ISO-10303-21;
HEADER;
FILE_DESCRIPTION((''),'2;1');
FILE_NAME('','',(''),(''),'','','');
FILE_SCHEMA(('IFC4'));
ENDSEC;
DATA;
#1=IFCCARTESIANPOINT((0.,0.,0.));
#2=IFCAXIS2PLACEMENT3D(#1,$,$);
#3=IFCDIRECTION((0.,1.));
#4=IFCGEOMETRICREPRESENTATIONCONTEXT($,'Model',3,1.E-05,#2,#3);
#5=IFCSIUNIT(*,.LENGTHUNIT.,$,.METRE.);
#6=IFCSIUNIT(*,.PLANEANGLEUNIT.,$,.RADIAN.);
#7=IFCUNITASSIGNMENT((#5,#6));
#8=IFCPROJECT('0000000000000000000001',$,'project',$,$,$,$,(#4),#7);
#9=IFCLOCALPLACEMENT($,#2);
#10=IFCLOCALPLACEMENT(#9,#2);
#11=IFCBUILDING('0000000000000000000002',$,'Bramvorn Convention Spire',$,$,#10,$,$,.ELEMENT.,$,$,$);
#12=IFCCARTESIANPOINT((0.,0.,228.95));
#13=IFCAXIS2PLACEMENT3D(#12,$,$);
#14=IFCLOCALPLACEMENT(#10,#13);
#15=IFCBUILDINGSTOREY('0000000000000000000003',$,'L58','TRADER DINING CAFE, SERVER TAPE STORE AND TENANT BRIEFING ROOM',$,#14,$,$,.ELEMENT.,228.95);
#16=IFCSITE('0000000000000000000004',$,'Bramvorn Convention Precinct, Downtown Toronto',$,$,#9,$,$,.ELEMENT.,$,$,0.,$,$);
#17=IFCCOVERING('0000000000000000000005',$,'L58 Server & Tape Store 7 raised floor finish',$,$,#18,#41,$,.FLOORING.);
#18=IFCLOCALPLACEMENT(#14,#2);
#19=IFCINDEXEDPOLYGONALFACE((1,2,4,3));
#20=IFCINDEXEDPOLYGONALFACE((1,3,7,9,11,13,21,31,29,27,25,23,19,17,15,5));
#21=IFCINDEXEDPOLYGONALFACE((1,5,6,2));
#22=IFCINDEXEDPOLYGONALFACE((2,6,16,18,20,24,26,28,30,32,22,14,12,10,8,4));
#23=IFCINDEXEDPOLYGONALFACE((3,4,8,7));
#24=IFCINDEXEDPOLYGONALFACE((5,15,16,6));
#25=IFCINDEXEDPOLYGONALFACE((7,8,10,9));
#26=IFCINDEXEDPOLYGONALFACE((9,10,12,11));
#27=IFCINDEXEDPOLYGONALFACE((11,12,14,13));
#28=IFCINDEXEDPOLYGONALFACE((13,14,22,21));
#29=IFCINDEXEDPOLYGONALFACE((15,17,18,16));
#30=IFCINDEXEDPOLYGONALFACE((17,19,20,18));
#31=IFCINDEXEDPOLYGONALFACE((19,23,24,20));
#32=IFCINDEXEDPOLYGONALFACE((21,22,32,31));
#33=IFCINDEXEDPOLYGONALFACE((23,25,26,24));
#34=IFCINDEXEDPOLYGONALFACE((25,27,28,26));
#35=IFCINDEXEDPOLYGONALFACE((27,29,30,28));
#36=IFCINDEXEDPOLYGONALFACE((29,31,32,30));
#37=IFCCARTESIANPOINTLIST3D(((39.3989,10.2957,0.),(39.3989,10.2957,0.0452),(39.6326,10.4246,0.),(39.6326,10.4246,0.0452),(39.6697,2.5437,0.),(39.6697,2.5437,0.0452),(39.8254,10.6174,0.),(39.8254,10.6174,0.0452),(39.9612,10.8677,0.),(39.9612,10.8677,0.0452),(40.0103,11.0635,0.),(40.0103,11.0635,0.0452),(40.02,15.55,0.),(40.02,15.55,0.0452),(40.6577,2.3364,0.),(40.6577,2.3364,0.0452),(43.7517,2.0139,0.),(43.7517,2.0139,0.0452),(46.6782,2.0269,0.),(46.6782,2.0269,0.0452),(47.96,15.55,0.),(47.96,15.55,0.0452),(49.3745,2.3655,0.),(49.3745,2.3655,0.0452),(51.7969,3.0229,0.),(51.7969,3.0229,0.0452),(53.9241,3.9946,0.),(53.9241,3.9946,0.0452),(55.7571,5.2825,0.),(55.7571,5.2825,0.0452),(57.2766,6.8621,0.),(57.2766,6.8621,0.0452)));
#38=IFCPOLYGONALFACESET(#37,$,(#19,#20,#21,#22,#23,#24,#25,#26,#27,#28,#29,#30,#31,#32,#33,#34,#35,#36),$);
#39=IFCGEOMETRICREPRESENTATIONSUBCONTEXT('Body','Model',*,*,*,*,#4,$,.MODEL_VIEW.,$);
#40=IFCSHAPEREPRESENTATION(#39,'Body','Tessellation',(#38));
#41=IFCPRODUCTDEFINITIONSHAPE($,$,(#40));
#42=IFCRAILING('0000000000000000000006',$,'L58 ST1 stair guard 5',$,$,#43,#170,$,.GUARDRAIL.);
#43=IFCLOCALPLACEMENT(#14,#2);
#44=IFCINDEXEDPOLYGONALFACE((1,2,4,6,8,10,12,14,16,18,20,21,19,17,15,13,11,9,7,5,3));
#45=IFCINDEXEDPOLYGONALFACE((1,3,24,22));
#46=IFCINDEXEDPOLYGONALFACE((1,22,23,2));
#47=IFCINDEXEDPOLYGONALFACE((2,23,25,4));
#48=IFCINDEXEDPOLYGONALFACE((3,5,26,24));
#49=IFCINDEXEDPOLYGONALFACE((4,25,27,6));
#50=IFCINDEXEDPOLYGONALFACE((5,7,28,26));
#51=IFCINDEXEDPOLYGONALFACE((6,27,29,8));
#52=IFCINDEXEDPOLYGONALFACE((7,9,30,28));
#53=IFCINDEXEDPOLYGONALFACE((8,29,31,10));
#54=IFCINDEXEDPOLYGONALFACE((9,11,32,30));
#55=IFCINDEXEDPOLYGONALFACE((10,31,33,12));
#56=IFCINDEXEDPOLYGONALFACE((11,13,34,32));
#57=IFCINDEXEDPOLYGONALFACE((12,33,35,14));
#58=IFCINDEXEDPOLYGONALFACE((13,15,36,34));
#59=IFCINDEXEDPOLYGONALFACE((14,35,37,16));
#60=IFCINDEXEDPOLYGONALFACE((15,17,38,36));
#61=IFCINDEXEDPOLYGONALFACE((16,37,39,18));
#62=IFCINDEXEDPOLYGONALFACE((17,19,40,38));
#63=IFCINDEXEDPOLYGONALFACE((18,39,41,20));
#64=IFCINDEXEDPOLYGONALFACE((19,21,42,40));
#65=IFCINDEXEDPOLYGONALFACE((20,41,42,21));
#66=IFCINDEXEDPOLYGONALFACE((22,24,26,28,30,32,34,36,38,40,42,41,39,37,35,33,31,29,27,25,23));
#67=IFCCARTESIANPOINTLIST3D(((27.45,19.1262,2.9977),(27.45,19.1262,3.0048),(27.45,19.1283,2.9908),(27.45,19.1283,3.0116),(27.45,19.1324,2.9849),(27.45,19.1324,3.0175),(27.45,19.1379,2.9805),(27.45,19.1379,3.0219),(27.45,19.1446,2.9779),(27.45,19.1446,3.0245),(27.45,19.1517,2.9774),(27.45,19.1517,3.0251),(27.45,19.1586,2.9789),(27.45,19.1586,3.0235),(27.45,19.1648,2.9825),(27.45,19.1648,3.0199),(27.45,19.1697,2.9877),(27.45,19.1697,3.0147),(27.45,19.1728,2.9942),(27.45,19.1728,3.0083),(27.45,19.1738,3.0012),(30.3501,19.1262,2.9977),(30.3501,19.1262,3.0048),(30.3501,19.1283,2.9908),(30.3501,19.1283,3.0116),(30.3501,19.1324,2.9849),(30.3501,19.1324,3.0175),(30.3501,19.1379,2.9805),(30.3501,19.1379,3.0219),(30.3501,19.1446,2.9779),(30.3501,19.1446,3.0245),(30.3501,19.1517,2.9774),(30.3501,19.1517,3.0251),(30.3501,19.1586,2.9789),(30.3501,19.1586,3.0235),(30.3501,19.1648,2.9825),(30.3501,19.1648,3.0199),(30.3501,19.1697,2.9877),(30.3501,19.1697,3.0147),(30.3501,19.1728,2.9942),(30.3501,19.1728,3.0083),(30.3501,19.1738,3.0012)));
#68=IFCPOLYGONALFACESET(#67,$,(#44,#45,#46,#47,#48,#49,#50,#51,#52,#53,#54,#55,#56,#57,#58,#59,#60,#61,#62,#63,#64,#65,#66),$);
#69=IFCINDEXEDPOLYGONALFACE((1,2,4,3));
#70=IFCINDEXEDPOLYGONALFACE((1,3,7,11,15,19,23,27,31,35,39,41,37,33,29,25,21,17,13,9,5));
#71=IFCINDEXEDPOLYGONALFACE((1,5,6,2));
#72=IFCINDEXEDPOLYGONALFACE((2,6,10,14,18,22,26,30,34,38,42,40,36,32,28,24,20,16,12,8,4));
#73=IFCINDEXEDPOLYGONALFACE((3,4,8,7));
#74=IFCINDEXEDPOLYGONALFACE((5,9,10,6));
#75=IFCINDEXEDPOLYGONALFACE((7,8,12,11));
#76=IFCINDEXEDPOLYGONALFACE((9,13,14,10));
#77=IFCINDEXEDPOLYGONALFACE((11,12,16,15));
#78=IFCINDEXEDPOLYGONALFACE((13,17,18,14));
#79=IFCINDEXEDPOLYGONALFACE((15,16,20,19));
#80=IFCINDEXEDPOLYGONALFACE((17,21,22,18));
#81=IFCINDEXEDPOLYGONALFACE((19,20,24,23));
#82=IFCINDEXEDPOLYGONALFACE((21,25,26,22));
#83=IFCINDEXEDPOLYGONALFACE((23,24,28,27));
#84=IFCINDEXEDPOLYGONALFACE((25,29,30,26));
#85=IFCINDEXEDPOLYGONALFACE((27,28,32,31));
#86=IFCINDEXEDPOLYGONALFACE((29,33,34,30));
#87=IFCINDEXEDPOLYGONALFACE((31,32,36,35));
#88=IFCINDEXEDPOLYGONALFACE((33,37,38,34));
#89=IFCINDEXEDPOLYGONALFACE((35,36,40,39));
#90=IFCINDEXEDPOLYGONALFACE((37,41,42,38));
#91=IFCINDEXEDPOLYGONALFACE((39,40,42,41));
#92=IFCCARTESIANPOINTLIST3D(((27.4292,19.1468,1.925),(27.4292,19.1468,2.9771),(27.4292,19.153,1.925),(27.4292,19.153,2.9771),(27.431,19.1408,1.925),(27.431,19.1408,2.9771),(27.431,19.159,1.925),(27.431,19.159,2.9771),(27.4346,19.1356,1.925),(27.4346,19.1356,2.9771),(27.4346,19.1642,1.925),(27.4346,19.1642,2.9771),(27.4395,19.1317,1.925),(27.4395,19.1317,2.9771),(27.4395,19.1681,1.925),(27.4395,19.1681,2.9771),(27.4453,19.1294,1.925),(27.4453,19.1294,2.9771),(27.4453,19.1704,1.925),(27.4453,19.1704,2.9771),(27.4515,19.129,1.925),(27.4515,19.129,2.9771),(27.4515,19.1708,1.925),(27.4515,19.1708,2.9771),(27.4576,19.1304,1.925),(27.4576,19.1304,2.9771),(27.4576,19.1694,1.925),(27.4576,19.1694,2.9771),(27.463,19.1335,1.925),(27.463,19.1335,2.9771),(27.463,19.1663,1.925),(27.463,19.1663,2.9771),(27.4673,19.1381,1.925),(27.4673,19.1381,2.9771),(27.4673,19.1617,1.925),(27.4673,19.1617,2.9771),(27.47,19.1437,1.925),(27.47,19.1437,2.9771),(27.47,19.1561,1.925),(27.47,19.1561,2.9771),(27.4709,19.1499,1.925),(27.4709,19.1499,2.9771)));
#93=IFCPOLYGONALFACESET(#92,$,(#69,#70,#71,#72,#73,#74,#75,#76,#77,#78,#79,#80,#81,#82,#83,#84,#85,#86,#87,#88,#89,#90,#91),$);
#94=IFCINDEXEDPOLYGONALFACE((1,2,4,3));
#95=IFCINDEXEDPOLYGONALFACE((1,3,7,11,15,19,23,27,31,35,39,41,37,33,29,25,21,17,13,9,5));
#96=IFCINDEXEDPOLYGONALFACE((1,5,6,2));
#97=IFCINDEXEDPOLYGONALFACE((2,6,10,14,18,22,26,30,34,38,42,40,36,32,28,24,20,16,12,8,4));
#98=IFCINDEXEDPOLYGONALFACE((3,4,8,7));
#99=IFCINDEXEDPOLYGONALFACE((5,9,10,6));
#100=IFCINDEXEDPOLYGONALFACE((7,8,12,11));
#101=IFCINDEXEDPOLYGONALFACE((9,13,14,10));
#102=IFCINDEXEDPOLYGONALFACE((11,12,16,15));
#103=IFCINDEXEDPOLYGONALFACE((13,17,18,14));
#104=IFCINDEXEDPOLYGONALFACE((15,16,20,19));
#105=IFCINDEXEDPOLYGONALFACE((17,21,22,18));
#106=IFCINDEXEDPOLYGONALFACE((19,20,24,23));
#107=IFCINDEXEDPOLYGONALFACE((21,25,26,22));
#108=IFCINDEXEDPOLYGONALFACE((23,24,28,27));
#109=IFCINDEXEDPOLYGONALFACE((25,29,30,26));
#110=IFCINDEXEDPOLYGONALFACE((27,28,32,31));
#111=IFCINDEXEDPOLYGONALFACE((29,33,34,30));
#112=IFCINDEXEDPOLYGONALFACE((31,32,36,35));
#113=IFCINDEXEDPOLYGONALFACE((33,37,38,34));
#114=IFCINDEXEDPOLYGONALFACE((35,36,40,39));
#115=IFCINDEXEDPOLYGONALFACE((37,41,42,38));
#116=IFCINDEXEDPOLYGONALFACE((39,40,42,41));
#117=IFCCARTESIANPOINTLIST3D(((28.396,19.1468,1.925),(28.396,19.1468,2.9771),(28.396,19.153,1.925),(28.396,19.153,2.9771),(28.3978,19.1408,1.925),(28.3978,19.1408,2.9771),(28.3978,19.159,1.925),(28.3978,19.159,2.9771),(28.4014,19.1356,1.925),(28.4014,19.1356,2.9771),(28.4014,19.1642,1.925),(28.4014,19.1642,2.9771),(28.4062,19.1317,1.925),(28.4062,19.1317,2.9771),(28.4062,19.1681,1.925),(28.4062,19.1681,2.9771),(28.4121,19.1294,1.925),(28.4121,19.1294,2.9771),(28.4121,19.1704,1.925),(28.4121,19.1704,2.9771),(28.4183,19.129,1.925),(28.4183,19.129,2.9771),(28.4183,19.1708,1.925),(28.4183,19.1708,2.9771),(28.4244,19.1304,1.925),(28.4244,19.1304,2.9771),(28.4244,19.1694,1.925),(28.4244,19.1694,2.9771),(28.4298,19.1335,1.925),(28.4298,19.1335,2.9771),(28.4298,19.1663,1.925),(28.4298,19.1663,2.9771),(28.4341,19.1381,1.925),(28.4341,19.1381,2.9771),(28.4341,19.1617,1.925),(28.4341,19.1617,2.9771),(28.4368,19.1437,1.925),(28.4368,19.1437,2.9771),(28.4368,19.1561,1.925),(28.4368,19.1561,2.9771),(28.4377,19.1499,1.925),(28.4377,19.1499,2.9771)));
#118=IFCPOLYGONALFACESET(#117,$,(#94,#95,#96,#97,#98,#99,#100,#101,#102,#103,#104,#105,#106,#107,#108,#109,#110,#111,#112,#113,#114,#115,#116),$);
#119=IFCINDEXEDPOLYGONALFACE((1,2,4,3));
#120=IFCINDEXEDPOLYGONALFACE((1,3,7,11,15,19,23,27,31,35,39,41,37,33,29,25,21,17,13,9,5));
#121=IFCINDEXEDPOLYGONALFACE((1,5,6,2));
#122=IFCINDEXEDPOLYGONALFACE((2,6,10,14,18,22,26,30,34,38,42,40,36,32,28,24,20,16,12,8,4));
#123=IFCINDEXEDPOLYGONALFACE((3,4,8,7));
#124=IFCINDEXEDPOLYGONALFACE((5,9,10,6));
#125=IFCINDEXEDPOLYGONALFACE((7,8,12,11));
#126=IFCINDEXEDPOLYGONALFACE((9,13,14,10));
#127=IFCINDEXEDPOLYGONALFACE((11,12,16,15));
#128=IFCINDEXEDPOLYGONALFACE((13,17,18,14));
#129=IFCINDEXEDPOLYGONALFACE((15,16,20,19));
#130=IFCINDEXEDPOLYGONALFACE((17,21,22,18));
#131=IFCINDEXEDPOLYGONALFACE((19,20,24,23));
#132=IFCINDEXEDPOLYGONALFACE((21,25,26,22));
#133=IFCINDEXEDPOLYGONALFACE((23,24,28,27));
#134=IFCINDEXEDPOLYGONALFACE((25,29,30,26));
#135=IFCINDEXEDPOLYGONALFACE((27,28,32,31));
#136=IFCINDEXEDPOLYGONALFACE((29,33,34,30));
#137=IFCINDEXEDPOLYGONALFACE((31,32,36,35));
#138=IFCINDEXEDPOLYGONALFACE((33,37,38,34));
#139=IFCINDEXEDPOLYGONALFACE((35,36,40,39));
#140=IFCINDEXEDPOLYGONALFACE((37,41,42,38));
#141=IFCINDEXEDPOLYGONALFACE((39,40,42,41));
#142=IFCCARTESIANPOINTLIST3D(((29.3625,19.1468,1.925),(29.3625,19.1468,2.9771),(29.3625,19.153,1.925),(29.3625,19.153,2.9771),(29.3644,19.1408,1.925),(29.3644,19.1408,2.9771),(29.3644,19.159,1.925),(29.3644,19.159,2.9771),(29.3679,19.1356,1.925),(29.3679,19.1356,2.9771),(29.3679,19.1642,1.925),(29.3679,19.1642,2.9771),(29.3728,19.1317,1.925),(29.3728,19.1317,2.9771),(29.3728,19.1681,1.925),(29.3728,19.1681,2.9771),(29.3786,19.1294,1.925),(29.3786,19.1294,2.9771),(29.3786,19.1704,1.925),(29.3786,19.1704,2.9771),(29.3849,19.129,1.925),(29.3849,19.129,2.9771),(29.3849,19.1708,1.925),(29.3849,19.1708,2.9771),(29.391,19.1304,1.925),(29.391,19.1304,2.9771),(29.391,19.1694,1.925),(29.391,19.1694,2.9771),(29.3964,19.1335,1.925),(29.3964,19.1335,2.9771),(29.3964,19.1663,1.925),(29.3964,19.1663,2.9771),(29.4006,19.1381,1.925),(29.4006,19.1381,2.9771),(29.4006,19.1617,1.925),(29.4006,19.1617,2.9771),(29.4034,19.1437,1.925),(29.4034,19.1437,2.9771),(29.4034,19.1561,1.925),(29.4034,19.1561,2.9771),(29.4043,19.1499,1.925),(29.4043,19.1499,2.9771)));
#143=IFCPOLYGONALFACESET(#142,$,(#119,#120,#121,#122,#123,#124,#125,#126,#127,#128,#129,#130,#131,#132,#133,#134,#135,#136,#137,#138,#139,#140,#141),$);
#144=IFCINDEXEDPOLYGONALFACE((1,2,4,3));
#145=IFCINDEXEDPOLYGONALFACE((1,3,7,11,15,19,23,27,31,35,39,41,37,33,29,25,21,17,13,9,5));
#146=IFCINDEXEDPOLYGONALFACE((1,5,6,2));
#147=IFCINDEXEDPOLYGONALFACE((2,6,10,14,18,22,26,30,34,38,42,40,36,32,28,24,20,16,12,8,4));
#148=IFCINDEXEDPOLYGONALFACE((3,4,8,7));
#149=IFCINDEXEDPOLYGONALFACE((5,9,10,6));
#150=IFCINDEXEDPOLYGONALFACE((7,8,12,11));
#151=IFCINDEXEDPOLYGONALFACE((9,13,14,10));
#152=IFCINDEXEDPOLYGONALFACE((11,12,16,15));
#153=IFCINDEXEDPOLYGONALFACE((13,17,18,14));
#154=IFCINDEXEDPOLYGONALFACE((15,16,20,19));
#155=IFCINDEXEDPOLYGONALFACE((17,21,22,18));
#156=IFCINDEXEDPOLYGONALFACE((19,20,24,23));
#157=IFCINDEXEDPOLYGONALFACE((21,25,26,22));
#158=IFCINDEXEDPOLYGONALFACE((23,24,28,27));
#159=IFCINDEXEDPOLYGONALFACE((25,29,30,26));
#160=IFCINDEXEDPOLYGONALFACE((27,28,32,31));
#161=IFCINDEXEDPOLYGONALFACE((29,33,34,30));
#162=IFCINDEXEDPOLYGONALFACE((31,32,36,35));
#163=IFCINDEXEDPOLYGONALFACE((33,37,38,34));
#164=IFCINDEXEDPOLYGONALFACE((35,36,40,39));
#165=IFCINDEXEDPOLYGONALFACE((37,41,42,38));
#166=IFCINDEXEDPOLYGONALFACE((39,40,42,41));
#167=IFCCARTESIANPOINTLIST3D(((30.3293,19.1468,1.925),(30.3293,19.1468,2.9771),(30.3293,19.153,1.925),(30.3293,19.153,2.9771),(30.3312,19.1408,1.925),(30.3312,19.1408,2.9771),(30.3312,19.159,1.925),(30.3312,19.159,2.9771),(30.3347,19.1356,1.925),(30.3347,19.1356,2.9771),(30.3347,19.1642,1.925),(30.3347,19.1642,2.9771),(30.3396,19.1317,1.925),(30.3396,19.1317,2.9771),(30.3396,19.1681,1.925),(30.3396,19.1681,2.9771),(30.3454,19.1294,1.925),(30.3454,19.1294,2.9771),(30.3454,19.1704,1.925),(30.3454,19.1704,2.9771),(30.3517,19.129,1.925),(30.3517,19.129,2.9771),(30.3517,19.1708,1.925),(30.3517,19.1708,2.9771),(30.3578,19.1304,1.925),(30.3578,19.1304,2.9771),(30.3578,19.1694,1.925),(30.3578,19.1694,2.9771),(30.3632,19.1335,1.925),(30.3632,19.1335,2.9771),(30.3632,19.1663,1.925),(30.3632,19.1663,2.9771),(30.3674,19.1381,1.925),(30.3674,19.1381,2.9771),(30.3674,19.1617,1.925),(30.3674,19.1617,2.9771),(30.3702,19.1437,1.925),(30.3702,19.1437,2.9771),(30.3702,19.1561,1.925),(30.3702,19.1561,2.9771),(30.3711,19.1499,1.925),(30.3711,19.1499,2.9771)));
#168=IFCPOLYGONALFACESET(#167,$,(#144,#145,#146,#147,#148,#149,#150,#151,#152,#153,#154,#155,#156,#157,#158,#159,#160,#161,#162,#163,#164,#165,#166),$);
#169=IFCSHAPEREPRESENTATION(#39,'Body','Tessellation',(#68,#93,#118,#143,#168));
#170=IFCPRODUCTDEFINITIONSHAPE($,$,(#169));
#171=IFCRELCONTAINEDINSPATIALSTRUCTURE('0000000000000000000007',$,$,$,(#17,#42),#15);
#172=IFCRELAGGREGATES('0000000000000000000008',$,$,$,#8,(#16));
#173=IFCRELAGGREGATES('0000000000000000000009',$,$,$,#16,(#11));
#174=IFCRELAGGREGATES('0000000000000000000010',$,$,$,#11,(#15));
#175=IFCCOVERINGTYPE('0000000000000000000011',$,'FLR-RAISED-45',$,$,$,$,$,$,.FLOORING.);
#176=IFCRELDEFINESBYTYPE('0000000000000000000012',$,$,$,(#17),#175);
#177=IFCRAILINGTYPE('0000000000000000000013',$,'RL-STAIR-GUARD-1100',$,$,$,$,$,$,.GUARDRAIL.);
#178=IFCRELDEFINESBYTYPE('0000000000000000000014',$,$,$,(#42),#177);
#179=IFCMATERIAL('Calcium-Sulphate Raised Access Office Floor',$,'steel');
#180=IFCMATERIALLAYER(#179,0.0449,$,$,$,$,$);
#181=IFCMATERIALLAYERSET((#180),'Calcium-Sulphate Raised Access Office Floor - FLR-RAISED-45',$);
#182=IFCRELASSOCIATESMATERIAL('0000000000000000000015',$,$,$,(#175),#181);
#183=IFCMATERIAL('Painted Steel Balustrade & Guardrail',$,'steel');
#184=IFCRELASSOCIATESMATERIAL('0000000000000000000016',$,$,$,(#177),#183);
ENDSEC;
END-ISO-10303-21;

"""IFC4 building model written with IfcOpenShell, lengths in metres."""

from ifc_helpers import new_model, si_unit, direction, frame, origin, origin_2d, place, context, subcontext, project, spatial, polyline, circle, outline, extrude, material, layer, layer_set, type_object, element, save


model = new_model("IFC4")

# Units and contexts
model_context = context("Model", 3, precision=1e-05, world=origin(), true_north=direction((0.0, 1.0)))
body_context = subcontext(model_context, "Body", "Model", "MODEL_VIEW")
ifc_project = project(units=[si_unit("LENGTHUNIT", "METRE"), si_unit("PLANEANGLEUNIT", "RADIAN")], contexts=[model_context])

# Site, building, storey
site_placement = place(None, origin())
site = spatial("IfcSite", under=ifc_project, at=site_placement, Name="Bramvorn Convention Precinct, Downtown Toronto", CompositionType="ELEMENT", RefElevation=0.0)
building_placement = place(site_placement, origin())
building = spatial("IfcBuilding", under=site, at=building_placement, Name="Bramvorn Convention Spire", CompositionType="ELEMENT")
storey_placement = place(building_placement, frame((0.0, 0.0, 228.95)))
storey = spatial("IfcBuildingStorey", under=building, at=storey_placement, Name="L58", Description="TRADER DINING CAFE, SERVER TAPE STORE AND TENANT BRIEFING ROOM", CompositionType="ELEMENT", Elevation=228.95)

# Covering
ifc_material_1 = material(Name="Calcium-Sulphate Raised Access Office Floor", Category="steel")
ifc_layer_1 = layer(ifc_material_1, 0.0449)
ifc_layer_set_1 = layer_set([ifc_layer_1], Name="Calcium-Sulphate Raised Access Office Floor - FLR-RAISED-45")
covering_type = type_object("IfcCoveringType", Name="FLR-RAISED-45", PredefinedType="FLOORING", material=ifc_layer_set_1)
covering_1_placement = place(storey_placement, origin())
element("IfcCovering", 1, at=covering_1_placement, inside=storey, type_object=covering_type, Name="L58 Server & Tape Store 7 raised floor finish", PredefinedType="FLOORING", context=body_context, shape_type="SweptSolid", body=[
    extrude(outline(polyline([(39.6697, 2.5437), (40.6577, 2.3364), (43.7517, 2.0139), (46.6782, 2.0269), (49.3745, 2.3655), (51.7969, 3.0229), (53.9241, 3.9946), (55.7571, 5.2825), (57.2766, 6.8621), (47.96, 15.55), (40.02, 15.55), (40.0103, 11.0635), (39.9612, 10.8677), (39.8254, 10.6174), (39.6326, 10.4246), (39.3989, 10.2957), (39.6697, 2.5437)])), origin(), (0.0, 0.0, 1.0), 0.0452),
])

# Railing
ifc_material_2 = material(Name="Painted Steel Balustrade & Guardrail", Category="steel")
railing_type = type_object("IfcRailingType", Name="RL-STAIR-GUARD-1100", PredefinedType="GUARDRAIL", material=ifc_material_2)
railing_1_placement = place(storey_placement, frame((27.45, 19.1499, 1.925)))
element("IfcRailing", 2, at=railing_1_placement, inside=storey, type_object=railing_type, Name="L58 ST1 stair guard 5", PredefinedType="GUARDRAIL", context=body_context, shape_type="SweptSolid", body=[
    extrude(circle(Radius=0.0239, at=origin_2d()), frame((0.0, 0.0, 1.0762), z_axis=(1.0, 0.0, 0.0), x_axis=(0.0, 1.0, 0.0)), (0.0, 0.0, 1.0), 2.9001),
    extrude(circle(Radius=0.021, at=origin_2d()), origin(), (0.0, 0.0, 1.0), 1.052),
    extrude(circle(Radius=0.021, at=origin_2d()), frame((0.9668, 0.0, 0.0)), (0.0, 0.0, 1.0), 1.052),
    extrude(circle(Radius=0.021, at=origin_2d()), frame((1.9333, 0.0, 0.0)), (0.0, 0.0, 1.0), 1.052),
    extrude(circle(Radius=0.021, at=origin_2d()), frame((2.9001, 0.0, 0.0)), (0.0, 0.0, 1.0), 1.052),
])

save(model, "model.ifc")
